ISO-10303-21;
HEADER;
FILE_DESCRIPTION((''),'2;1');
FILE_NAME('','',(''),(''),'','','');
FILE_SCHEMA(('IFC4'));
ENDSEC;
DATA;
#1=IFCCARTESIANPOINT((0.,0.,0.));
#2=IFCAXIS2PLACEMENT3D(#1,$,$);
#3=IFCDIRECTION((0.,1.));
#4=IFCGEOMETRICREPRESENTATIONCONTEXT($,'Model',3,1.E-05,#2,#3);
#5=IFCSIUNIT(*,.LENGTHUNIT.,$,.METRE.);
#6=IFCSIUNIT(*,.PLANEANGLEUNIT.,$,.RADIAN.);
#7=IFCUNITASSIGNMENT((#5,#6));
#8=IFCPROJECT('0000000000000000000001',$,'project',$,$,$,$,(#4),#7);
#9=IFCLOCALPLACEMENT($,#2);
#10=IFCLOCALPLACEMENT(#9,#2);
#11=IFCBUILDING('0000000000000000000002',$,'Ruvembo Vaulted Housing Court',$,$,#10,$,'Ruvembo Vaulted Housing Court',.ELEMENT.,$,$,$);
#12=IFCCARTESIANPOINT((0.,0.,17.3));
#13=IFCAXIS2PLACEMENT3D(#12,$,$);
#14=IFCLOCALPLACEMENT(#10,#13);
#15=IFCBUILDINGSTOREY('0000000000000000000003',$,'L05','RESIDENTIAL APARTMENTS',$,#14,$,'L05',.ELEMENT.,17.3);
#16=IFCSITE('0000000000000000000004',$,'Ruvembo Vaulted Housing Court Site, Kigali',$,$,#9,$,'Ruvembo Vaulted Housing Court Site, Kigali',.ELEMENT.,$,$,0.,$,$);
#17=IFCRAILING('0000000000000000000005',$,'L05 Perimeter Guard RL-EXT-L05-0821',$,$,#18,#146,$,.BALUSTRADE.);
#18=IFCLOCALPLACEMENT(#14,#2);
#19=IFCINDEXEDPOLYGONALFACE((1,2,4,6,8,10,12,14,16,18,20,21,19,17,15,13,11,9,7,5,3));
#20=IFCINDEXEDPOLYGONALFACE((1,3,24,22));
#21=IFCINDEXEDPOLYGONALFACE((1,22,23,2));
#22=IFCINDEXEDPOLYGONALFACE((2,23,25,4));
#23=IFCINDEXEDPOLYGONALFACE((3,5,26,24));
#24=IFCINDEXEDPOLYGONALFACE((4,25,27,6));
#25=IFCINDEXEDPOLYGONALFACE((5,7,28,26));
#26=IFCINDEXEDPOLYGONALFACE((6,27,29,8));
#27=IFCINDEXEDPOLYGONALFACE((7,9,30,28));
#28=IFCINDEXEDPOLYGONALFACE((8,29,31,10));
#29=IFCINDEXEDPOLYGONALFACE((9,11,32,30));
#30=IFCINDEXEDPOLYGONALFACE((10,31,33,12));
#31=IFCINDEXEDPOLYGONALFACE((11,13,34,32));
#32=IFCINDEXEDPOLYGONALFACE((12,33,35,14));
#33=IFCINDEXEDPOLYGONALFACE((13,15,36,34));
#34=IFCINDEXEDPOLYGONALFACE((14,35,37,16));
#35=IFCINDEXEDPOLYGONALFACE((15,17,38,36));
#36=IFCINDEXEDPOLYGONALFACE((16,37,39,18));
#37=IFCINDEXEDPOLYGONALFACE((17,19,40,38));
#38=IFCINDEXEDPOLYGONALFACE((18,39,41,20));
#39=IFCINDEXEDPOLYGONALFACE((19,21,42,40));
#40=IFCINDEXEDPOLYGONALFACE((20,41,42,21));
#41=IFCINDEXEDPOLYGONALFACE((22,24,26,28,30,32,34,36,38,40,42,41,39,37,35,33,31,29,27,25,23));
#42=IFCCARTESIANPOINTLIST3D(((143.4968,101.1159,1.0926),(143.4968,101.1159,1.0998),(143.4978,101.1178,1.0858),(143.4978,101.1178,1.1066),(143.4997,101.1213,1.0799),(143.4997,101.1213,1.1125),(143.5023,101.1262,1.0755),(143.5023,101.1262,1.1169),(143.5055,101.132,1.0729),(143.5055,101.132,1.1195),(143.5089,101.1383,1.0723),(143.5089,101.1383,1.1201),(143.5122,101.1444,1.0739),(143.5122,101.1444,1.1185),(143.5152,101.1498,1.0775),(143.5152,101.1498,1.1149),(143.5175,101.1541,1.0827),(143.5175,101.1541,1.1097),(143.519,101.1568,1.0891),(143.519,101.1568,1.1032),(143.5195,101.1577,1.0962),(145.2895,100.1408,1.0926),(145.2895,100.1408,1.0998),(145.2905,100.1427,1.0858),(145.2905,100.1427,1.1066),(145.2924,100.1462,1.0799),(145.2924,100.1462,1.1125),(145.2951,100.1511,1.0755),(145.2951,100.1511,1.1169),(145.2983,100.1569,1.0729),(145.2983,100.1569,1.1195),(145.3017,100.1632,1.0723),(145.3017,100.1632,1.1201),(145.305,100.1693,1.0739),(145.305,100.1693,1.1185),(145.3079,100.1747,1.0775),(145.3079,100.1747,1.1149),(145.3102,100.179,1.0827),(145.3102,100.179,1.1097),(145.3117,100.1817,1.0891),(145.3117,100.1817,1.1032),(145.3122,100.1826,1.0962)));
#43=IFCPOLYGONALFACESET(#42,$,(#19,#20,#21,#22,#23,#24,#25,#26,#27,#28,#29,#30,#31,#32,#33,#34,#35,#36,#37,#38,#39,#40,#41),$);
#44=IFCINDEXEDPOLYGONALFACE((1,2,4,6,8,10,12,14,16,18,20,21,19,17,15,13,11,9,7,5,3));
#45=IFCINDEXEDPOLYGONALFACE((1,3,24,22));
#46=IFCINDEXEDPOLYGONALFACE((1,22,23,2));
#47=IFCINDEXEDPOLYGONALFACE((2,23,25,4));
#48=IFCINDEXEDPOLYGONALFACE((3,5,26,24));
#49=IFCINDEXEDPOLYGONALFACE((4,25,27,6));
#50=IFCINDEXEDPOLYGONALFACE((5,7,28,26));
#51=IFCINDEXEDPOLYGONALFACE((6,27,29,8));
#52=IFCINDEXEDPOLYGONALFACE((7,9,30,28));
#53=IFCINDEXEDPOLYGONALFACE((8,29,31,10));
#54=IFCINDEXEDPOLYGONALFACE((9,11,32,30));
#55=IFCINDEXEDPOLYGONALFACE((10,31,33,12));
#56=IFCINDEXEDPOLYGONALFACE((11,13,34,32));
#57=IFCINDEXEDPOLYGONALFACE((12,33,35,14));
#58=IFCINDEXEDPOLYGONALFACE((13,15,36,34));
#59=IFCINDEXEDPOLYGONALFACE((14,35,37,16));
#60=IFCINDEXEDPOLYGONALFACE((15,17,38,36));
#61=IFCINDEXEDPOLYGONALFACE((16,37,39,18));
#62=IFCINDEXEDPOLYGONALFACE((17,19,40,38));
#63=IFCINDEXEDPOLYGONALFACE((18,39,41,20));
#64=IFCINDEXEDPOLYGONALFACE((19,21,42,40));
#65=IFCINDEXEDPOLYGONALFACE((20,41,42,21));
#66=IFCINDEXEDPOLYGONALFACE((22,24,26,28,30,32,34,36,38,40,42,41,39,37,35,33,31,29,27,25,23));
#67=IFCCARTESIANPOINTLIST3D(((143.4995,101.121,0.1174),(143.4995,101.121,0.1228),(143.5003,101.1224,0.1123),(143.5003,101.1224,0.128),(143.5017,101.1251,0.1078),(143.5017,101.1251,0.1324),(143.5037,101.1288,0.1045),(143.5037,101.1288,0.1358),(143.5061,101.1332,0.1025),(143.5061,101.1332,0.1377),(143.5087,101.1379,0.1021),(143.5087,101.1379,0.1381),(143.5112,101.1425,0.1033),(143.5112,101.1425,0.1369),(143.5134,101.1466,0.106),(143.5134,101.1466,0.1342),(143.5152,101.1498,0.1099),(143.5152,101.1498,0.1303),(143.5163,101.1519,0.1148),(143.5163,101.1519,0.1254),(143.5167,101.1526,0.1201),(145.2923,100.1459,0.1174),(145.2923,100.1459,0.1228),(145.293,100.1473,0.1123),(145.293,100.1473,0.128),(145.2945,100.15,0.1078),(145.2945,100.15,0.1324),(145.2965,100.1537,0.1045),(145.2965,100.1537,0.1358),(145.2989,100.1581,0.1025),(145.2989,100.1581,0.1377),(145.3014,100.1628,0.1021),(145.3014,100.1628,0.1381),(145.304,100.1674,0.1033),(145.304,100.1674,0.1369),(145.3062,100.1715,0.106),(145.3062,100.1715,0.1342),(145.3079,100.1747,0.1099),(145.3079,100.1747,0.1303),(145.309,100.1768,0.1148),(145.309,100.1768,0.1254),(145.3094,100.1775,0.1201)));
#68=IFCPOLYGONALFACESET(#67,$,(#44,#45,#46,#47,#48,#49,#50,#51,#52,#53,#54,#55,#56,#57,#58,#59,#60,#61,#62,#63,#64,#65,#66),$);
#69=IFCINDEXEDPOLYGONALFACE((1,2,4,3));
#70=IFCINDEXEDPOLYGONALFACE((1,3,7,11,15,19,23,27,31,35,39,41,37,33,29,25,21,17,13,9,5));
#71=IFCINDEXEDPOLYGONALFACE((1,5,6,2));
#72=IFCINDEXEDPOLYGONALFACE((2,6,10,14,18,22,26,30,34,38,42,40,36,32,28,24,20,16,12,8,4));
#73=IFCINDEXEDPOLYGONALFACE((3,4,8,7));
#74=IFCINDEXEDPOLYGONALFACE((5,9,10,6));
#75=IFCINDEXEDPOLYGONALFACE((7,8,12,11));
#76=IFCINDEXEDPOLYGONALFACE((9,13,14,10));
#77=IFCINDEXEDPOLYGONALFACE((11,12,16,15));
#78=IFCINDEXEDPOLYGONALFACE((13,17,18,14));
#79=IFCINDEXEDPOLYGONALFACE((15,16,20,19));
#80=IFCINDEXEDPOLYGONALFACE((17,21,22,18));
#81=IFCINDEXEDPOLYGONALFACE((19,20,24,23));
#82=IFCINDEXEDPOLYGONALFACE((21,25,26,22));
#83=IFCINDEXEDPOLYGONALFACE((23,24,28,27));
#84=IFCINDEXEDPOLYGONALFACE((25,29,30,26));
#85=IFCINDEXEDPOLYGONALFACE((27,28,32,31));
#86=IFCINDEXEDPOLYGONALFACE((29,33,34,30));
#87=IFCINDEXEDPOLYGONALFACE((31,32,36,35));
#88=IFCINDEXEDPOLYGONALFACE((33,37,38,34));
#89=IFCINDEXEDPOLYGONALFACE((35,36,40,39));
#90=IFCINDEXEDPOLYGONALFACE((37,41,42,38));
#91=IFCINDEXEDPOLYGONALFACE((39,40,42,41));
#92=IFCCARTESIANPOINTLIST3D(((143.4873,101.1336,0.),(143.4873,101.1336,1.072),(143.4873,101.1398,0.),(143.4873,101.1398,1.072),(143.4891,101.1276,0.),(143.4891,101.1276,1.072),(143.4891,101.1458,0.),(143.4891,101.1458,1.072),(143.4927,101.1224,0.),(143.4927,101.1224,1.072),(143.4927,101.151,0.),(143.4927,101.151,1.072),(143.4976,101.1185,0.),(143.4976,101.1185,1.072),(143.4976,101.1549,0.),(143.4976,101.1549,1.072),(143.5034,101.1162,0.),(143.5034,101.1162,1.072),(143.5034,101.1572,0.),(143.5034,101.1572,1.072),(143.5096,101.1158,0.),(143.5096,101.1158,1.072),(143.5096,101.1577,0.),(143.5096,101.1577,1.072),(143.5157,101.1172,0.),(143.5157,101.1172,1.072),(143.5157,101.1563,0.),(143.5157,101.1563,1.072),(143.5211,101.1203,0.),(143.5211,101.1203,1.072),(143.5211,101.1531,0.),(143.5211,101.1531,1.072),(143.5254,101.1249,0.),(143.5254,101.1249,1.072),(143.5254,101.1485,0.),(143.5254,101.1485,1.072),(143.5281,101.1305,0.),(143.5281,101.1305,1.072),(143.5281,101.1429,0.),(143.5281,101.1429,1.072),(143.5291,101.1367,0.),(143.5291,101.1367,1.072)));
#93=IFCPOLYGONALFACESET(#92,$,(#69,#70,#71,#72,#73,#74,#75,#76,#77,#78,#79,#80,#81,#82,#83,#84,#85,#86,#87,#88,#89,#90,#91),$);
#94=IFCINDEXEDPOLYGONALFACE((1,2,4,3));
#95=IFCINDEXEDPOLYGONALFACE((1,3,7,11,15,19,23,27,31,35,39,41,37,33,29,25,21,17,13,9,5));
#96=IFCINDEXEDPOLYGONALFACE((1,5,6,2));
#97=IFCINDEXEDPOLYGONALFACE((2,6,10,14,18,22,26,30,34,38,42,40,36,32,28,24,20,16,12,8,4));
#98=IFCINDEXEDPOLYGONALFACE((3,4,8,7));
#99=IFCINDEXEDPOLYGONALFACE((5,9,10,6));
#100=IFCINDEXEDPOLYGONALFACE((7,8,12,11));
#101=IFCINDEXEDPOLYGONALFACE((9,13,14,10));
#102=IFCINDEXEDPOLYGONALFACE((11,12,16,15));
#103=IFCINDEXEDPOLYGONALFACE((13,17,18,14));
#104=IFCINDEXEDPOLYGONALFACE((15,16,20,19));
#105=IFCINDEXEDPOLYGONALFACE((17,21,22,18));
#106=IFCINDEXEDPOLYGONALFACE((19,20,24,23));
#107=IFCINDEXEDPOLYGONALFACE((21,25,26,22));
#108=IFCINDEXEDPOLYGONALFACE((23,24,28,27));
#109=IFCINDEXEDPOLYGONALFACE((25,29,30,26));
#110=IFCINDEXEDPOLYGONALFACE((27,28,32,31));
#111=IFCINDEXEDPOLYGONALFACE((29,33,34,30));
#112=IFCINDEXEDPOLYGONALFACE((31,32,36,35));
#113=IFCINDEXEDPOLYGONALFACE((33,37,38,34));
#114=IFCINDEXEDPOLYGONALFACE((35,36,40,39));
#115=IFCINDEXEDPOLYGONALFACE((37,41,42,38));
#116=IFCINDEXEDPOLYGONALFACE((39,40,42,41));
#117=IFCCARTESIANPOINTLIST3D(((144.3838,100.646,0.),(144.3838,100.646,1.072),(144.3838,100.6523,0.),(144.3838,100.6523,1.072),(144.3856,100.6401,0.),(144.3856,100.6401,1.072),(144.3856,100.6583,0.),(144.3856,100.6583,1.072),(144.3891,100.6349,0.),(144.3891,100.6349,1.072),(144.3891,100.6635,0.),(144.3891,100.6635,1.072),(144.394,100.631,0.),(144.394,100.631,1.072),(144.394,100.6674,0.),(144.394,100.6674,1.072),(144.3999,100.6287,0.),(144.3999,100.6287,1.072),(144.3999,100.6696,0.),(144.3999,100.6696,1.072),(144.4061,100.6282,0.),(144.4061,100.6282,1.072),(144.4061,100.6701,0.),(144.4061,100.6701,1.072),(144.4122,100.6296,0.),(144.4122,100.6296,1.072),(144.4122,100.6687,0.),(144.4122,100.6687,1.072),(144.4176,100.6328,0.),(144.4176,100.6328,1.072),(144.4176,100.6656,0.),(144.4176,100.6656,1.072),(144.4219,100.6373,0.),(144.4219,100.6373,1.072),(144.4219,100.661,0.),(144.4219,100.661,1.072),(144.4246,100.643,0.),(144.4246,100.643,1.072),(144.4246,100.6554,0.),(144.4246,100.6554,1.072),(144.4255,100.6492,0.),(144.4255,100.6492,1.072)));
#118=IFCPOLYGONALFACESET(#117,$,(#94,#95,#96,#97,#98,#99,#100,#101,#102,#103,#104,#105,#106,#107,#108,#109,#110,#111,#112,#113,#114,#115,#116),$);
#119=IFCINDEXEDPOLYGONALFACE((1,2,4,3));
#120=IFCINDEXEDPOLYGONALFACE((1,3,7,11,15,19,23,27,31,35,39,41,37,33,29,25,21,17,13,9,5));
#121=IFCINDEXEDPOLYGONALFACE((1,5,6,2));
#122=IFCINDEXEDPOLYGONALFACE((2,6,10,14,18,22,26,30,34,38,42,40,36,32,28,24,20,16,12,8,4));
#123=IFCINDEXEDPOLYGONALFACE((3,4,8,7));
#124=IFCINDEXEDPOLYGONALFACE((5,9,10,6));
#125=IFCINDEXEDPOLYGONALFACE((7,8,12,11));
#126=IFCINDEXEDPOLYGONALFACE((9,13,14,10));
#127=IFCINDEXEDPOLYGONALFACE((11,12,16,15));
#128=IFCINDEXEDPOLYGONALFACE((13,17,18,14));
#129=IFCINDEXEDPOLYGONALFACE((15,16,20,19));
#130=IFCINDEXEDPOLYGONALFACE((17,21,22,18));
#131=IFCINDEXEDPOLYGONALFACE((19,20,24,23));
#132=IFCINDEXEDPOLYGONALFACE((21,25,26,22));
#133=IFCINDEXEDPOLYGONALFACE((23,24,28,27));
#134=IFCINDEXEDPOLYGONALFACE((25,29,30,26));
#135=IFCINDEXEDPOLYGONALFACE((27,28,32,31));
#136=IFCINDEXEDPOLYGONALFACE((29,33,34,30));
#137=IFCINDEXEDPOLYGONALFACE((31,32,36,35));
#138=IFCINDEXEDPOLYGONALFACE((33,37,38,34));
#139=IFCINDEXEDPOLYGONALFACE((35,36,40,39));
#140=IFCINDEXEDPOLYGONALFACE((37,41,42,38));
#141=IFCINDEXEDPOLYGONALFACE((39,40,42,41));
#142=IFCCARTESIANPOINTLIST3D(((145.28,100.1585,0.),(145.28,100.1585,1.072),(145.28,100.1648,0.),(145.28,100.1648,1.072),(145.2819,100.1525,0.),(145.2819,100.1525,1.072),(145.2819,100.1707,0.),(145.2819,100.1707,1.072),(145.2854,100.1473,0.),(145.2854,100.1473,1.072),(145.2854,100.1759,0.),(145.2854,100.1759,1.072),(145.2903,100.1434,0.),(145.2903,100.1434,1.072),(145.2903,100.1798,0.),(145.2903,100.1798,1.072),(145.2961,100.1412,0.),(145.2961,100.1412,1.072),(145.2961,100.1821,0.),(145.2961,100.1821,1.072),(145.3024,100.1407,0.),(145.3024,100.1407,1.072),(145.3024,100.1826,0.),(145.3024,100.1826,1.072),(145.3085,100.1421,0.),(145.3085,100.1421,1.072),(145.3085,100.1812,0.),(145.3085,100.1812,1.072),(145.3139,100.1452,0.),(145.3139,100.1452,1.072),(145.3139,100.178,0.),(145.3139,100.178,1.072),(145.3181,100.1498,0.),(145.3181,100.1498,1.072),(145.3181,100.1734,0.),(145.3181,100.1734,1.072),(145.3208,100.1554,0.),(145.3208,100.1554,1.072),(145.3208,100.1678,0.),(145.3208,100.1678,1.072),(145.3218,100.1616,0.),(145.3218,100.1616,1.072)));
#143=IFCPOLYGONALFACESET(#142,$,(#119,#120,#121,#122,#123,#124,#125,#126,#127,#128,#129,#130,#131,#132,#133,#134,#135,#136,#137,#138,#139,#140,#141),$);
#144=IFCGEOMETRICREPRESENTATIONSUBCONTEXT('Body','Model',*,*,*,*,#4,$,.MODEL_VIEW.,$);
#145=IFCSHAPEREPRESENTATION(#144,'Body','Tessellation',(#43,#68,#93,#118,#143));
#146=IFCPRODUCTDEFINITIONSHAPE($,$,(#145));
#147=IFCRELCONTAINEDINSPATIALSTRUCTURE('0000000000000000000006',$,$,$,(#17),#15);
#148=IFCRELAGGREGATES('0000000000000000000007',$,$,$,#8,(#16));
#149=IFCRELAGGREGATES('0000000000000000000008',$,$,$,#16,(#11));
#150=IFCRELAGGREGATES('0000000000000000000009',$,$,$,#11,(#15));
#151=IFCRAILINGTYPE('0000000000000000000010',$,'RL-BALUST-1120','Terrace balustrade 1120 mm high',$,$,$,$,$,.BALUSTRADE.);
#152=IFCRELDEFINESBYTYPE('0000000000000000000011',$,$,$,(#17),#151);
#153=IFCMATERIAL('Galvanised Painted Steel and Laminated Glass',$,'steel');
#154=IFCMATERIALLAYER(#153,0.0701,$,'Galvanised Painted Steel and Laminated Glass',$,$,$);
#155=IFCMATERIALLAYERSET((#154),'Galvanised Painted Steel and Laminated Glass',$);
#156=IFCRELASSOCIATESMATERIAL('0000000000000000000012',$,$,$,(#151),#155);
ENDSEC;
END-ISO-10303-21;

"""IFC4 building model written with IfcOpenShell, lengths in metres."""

from ifc_helpers import new_model, si_unit, direction, frame, origin, origin_2d, place, context, subcontext, project, spatial, circle, extrude, material, layer, layer_set, type_object, element, save


model = new_model("IFC4")

# Units and contexts
model_context = context("Model", 3, precision=1e-05, world=origin(), true_north=direction((0.0, 1.0)))
body_context = subcontext(model_context, "Body", "Model", "MODEL_VIEW")
ifc_project = project(units=[si_unit("LENGTHUNIT", "METRE"), si_unit("PLANEANGLEUNIT", "RADIAN")], contexts=[model_context])

# Site, building, storey
site_placement = place(None, origin())
site = spatial("IfcSite", under=ifc_project, at=site_placement, Name="Ruvembo Vaulted Housing Court Site, Kigali", LongName="Ruvembo Vaulted Housing Court Site, Kigali", CompositionType="ELEMENT", RefElevation=0.0)
building_placement = place(site_placement, origin())
building = spatial("IfcBuilding", under=site, at=building_placement, Name="Ruvembo Vaulted Housing Court", LongName="Ruvembo Vaulted Housing Court", CompositionType="ELEMENT")
storey_placement = place(building_placement, frame((0.0, 0.0, 17.3)))
storey = spatial("IfcBuildingStorey", under=building, at=storey_placement, Name="L05", Description="RESIDENTIAL APARTMENTS", LongName="L05", CompositionType="ELEMENT", Elevation=17.3)

# Railing
ifc_material_1 = material(Name="Galvanised Painted Steel and Laminated Glass", Category="steel")
ifc_layer_1 = layer(ifc_material_1, 0.0701, Name="Galvanised Painted Steel and Laminated Glass")
ifc_layer_set_1 = layer_set([ifc_layer_1], Name="Galvanised Painted Steel and Laminated Glass")
railing_type = type_object("IfcRailingType", Name="RL-BALUST-1120", Description="Terrace balustrade 1120 mm high", PredefinedType="BALUSTRADE", material=ifc_layer_set_1)
railing_1_placement = place(storey_placement, frame((143.5081, 101.1367, 0.0)))
element("IfcRailing", 1, at=railing_1_placement, inside=storey, type_object=railing_type, Name="L05 Perimeter Guard RL-EXT-L05-0821", PredefinedType="BALUSTRADE", context=body_context, shape_type="SweptSolid", body=[
    extrude(circle(Radius=0.0239, at=origin_2d()), frame((0.0, 0.0, 1.0962), z_axis=(0.878462, -0.477812, 0.0), x_axis=(0.477812, 0.878462, 0.0)), (0.0, 0.0, 1.0), 2.0408),
    extrude(circle(Radius=0.0181, at=origin_2d()), frame((0.0, 0.0, 0.1201), z_axis=(0.878462, -0.477812, 0.0), x_axis=(0.477812, 0.878462, 0.0)), (0.0, 0.0, 1.0), 2.0408),
    extrude(circle(Radius=0.021, at=origin_2d()), origin(), (0.0, 0.0, 1.0), 1.072),
    extrude(circle(Radius=0.021, at=origin_2d()), frame((0.8965, -0.4875, 0.0)), (0.0, 0.0, 1.0), 1.072),
    extrude(circle(Radius=0.021, at=origin_2d()), frame((1.7927, -0.9751, 0.0)), (0.0, 0.0, 1.0), 1.072),
])

save(model, "model.ifc")
